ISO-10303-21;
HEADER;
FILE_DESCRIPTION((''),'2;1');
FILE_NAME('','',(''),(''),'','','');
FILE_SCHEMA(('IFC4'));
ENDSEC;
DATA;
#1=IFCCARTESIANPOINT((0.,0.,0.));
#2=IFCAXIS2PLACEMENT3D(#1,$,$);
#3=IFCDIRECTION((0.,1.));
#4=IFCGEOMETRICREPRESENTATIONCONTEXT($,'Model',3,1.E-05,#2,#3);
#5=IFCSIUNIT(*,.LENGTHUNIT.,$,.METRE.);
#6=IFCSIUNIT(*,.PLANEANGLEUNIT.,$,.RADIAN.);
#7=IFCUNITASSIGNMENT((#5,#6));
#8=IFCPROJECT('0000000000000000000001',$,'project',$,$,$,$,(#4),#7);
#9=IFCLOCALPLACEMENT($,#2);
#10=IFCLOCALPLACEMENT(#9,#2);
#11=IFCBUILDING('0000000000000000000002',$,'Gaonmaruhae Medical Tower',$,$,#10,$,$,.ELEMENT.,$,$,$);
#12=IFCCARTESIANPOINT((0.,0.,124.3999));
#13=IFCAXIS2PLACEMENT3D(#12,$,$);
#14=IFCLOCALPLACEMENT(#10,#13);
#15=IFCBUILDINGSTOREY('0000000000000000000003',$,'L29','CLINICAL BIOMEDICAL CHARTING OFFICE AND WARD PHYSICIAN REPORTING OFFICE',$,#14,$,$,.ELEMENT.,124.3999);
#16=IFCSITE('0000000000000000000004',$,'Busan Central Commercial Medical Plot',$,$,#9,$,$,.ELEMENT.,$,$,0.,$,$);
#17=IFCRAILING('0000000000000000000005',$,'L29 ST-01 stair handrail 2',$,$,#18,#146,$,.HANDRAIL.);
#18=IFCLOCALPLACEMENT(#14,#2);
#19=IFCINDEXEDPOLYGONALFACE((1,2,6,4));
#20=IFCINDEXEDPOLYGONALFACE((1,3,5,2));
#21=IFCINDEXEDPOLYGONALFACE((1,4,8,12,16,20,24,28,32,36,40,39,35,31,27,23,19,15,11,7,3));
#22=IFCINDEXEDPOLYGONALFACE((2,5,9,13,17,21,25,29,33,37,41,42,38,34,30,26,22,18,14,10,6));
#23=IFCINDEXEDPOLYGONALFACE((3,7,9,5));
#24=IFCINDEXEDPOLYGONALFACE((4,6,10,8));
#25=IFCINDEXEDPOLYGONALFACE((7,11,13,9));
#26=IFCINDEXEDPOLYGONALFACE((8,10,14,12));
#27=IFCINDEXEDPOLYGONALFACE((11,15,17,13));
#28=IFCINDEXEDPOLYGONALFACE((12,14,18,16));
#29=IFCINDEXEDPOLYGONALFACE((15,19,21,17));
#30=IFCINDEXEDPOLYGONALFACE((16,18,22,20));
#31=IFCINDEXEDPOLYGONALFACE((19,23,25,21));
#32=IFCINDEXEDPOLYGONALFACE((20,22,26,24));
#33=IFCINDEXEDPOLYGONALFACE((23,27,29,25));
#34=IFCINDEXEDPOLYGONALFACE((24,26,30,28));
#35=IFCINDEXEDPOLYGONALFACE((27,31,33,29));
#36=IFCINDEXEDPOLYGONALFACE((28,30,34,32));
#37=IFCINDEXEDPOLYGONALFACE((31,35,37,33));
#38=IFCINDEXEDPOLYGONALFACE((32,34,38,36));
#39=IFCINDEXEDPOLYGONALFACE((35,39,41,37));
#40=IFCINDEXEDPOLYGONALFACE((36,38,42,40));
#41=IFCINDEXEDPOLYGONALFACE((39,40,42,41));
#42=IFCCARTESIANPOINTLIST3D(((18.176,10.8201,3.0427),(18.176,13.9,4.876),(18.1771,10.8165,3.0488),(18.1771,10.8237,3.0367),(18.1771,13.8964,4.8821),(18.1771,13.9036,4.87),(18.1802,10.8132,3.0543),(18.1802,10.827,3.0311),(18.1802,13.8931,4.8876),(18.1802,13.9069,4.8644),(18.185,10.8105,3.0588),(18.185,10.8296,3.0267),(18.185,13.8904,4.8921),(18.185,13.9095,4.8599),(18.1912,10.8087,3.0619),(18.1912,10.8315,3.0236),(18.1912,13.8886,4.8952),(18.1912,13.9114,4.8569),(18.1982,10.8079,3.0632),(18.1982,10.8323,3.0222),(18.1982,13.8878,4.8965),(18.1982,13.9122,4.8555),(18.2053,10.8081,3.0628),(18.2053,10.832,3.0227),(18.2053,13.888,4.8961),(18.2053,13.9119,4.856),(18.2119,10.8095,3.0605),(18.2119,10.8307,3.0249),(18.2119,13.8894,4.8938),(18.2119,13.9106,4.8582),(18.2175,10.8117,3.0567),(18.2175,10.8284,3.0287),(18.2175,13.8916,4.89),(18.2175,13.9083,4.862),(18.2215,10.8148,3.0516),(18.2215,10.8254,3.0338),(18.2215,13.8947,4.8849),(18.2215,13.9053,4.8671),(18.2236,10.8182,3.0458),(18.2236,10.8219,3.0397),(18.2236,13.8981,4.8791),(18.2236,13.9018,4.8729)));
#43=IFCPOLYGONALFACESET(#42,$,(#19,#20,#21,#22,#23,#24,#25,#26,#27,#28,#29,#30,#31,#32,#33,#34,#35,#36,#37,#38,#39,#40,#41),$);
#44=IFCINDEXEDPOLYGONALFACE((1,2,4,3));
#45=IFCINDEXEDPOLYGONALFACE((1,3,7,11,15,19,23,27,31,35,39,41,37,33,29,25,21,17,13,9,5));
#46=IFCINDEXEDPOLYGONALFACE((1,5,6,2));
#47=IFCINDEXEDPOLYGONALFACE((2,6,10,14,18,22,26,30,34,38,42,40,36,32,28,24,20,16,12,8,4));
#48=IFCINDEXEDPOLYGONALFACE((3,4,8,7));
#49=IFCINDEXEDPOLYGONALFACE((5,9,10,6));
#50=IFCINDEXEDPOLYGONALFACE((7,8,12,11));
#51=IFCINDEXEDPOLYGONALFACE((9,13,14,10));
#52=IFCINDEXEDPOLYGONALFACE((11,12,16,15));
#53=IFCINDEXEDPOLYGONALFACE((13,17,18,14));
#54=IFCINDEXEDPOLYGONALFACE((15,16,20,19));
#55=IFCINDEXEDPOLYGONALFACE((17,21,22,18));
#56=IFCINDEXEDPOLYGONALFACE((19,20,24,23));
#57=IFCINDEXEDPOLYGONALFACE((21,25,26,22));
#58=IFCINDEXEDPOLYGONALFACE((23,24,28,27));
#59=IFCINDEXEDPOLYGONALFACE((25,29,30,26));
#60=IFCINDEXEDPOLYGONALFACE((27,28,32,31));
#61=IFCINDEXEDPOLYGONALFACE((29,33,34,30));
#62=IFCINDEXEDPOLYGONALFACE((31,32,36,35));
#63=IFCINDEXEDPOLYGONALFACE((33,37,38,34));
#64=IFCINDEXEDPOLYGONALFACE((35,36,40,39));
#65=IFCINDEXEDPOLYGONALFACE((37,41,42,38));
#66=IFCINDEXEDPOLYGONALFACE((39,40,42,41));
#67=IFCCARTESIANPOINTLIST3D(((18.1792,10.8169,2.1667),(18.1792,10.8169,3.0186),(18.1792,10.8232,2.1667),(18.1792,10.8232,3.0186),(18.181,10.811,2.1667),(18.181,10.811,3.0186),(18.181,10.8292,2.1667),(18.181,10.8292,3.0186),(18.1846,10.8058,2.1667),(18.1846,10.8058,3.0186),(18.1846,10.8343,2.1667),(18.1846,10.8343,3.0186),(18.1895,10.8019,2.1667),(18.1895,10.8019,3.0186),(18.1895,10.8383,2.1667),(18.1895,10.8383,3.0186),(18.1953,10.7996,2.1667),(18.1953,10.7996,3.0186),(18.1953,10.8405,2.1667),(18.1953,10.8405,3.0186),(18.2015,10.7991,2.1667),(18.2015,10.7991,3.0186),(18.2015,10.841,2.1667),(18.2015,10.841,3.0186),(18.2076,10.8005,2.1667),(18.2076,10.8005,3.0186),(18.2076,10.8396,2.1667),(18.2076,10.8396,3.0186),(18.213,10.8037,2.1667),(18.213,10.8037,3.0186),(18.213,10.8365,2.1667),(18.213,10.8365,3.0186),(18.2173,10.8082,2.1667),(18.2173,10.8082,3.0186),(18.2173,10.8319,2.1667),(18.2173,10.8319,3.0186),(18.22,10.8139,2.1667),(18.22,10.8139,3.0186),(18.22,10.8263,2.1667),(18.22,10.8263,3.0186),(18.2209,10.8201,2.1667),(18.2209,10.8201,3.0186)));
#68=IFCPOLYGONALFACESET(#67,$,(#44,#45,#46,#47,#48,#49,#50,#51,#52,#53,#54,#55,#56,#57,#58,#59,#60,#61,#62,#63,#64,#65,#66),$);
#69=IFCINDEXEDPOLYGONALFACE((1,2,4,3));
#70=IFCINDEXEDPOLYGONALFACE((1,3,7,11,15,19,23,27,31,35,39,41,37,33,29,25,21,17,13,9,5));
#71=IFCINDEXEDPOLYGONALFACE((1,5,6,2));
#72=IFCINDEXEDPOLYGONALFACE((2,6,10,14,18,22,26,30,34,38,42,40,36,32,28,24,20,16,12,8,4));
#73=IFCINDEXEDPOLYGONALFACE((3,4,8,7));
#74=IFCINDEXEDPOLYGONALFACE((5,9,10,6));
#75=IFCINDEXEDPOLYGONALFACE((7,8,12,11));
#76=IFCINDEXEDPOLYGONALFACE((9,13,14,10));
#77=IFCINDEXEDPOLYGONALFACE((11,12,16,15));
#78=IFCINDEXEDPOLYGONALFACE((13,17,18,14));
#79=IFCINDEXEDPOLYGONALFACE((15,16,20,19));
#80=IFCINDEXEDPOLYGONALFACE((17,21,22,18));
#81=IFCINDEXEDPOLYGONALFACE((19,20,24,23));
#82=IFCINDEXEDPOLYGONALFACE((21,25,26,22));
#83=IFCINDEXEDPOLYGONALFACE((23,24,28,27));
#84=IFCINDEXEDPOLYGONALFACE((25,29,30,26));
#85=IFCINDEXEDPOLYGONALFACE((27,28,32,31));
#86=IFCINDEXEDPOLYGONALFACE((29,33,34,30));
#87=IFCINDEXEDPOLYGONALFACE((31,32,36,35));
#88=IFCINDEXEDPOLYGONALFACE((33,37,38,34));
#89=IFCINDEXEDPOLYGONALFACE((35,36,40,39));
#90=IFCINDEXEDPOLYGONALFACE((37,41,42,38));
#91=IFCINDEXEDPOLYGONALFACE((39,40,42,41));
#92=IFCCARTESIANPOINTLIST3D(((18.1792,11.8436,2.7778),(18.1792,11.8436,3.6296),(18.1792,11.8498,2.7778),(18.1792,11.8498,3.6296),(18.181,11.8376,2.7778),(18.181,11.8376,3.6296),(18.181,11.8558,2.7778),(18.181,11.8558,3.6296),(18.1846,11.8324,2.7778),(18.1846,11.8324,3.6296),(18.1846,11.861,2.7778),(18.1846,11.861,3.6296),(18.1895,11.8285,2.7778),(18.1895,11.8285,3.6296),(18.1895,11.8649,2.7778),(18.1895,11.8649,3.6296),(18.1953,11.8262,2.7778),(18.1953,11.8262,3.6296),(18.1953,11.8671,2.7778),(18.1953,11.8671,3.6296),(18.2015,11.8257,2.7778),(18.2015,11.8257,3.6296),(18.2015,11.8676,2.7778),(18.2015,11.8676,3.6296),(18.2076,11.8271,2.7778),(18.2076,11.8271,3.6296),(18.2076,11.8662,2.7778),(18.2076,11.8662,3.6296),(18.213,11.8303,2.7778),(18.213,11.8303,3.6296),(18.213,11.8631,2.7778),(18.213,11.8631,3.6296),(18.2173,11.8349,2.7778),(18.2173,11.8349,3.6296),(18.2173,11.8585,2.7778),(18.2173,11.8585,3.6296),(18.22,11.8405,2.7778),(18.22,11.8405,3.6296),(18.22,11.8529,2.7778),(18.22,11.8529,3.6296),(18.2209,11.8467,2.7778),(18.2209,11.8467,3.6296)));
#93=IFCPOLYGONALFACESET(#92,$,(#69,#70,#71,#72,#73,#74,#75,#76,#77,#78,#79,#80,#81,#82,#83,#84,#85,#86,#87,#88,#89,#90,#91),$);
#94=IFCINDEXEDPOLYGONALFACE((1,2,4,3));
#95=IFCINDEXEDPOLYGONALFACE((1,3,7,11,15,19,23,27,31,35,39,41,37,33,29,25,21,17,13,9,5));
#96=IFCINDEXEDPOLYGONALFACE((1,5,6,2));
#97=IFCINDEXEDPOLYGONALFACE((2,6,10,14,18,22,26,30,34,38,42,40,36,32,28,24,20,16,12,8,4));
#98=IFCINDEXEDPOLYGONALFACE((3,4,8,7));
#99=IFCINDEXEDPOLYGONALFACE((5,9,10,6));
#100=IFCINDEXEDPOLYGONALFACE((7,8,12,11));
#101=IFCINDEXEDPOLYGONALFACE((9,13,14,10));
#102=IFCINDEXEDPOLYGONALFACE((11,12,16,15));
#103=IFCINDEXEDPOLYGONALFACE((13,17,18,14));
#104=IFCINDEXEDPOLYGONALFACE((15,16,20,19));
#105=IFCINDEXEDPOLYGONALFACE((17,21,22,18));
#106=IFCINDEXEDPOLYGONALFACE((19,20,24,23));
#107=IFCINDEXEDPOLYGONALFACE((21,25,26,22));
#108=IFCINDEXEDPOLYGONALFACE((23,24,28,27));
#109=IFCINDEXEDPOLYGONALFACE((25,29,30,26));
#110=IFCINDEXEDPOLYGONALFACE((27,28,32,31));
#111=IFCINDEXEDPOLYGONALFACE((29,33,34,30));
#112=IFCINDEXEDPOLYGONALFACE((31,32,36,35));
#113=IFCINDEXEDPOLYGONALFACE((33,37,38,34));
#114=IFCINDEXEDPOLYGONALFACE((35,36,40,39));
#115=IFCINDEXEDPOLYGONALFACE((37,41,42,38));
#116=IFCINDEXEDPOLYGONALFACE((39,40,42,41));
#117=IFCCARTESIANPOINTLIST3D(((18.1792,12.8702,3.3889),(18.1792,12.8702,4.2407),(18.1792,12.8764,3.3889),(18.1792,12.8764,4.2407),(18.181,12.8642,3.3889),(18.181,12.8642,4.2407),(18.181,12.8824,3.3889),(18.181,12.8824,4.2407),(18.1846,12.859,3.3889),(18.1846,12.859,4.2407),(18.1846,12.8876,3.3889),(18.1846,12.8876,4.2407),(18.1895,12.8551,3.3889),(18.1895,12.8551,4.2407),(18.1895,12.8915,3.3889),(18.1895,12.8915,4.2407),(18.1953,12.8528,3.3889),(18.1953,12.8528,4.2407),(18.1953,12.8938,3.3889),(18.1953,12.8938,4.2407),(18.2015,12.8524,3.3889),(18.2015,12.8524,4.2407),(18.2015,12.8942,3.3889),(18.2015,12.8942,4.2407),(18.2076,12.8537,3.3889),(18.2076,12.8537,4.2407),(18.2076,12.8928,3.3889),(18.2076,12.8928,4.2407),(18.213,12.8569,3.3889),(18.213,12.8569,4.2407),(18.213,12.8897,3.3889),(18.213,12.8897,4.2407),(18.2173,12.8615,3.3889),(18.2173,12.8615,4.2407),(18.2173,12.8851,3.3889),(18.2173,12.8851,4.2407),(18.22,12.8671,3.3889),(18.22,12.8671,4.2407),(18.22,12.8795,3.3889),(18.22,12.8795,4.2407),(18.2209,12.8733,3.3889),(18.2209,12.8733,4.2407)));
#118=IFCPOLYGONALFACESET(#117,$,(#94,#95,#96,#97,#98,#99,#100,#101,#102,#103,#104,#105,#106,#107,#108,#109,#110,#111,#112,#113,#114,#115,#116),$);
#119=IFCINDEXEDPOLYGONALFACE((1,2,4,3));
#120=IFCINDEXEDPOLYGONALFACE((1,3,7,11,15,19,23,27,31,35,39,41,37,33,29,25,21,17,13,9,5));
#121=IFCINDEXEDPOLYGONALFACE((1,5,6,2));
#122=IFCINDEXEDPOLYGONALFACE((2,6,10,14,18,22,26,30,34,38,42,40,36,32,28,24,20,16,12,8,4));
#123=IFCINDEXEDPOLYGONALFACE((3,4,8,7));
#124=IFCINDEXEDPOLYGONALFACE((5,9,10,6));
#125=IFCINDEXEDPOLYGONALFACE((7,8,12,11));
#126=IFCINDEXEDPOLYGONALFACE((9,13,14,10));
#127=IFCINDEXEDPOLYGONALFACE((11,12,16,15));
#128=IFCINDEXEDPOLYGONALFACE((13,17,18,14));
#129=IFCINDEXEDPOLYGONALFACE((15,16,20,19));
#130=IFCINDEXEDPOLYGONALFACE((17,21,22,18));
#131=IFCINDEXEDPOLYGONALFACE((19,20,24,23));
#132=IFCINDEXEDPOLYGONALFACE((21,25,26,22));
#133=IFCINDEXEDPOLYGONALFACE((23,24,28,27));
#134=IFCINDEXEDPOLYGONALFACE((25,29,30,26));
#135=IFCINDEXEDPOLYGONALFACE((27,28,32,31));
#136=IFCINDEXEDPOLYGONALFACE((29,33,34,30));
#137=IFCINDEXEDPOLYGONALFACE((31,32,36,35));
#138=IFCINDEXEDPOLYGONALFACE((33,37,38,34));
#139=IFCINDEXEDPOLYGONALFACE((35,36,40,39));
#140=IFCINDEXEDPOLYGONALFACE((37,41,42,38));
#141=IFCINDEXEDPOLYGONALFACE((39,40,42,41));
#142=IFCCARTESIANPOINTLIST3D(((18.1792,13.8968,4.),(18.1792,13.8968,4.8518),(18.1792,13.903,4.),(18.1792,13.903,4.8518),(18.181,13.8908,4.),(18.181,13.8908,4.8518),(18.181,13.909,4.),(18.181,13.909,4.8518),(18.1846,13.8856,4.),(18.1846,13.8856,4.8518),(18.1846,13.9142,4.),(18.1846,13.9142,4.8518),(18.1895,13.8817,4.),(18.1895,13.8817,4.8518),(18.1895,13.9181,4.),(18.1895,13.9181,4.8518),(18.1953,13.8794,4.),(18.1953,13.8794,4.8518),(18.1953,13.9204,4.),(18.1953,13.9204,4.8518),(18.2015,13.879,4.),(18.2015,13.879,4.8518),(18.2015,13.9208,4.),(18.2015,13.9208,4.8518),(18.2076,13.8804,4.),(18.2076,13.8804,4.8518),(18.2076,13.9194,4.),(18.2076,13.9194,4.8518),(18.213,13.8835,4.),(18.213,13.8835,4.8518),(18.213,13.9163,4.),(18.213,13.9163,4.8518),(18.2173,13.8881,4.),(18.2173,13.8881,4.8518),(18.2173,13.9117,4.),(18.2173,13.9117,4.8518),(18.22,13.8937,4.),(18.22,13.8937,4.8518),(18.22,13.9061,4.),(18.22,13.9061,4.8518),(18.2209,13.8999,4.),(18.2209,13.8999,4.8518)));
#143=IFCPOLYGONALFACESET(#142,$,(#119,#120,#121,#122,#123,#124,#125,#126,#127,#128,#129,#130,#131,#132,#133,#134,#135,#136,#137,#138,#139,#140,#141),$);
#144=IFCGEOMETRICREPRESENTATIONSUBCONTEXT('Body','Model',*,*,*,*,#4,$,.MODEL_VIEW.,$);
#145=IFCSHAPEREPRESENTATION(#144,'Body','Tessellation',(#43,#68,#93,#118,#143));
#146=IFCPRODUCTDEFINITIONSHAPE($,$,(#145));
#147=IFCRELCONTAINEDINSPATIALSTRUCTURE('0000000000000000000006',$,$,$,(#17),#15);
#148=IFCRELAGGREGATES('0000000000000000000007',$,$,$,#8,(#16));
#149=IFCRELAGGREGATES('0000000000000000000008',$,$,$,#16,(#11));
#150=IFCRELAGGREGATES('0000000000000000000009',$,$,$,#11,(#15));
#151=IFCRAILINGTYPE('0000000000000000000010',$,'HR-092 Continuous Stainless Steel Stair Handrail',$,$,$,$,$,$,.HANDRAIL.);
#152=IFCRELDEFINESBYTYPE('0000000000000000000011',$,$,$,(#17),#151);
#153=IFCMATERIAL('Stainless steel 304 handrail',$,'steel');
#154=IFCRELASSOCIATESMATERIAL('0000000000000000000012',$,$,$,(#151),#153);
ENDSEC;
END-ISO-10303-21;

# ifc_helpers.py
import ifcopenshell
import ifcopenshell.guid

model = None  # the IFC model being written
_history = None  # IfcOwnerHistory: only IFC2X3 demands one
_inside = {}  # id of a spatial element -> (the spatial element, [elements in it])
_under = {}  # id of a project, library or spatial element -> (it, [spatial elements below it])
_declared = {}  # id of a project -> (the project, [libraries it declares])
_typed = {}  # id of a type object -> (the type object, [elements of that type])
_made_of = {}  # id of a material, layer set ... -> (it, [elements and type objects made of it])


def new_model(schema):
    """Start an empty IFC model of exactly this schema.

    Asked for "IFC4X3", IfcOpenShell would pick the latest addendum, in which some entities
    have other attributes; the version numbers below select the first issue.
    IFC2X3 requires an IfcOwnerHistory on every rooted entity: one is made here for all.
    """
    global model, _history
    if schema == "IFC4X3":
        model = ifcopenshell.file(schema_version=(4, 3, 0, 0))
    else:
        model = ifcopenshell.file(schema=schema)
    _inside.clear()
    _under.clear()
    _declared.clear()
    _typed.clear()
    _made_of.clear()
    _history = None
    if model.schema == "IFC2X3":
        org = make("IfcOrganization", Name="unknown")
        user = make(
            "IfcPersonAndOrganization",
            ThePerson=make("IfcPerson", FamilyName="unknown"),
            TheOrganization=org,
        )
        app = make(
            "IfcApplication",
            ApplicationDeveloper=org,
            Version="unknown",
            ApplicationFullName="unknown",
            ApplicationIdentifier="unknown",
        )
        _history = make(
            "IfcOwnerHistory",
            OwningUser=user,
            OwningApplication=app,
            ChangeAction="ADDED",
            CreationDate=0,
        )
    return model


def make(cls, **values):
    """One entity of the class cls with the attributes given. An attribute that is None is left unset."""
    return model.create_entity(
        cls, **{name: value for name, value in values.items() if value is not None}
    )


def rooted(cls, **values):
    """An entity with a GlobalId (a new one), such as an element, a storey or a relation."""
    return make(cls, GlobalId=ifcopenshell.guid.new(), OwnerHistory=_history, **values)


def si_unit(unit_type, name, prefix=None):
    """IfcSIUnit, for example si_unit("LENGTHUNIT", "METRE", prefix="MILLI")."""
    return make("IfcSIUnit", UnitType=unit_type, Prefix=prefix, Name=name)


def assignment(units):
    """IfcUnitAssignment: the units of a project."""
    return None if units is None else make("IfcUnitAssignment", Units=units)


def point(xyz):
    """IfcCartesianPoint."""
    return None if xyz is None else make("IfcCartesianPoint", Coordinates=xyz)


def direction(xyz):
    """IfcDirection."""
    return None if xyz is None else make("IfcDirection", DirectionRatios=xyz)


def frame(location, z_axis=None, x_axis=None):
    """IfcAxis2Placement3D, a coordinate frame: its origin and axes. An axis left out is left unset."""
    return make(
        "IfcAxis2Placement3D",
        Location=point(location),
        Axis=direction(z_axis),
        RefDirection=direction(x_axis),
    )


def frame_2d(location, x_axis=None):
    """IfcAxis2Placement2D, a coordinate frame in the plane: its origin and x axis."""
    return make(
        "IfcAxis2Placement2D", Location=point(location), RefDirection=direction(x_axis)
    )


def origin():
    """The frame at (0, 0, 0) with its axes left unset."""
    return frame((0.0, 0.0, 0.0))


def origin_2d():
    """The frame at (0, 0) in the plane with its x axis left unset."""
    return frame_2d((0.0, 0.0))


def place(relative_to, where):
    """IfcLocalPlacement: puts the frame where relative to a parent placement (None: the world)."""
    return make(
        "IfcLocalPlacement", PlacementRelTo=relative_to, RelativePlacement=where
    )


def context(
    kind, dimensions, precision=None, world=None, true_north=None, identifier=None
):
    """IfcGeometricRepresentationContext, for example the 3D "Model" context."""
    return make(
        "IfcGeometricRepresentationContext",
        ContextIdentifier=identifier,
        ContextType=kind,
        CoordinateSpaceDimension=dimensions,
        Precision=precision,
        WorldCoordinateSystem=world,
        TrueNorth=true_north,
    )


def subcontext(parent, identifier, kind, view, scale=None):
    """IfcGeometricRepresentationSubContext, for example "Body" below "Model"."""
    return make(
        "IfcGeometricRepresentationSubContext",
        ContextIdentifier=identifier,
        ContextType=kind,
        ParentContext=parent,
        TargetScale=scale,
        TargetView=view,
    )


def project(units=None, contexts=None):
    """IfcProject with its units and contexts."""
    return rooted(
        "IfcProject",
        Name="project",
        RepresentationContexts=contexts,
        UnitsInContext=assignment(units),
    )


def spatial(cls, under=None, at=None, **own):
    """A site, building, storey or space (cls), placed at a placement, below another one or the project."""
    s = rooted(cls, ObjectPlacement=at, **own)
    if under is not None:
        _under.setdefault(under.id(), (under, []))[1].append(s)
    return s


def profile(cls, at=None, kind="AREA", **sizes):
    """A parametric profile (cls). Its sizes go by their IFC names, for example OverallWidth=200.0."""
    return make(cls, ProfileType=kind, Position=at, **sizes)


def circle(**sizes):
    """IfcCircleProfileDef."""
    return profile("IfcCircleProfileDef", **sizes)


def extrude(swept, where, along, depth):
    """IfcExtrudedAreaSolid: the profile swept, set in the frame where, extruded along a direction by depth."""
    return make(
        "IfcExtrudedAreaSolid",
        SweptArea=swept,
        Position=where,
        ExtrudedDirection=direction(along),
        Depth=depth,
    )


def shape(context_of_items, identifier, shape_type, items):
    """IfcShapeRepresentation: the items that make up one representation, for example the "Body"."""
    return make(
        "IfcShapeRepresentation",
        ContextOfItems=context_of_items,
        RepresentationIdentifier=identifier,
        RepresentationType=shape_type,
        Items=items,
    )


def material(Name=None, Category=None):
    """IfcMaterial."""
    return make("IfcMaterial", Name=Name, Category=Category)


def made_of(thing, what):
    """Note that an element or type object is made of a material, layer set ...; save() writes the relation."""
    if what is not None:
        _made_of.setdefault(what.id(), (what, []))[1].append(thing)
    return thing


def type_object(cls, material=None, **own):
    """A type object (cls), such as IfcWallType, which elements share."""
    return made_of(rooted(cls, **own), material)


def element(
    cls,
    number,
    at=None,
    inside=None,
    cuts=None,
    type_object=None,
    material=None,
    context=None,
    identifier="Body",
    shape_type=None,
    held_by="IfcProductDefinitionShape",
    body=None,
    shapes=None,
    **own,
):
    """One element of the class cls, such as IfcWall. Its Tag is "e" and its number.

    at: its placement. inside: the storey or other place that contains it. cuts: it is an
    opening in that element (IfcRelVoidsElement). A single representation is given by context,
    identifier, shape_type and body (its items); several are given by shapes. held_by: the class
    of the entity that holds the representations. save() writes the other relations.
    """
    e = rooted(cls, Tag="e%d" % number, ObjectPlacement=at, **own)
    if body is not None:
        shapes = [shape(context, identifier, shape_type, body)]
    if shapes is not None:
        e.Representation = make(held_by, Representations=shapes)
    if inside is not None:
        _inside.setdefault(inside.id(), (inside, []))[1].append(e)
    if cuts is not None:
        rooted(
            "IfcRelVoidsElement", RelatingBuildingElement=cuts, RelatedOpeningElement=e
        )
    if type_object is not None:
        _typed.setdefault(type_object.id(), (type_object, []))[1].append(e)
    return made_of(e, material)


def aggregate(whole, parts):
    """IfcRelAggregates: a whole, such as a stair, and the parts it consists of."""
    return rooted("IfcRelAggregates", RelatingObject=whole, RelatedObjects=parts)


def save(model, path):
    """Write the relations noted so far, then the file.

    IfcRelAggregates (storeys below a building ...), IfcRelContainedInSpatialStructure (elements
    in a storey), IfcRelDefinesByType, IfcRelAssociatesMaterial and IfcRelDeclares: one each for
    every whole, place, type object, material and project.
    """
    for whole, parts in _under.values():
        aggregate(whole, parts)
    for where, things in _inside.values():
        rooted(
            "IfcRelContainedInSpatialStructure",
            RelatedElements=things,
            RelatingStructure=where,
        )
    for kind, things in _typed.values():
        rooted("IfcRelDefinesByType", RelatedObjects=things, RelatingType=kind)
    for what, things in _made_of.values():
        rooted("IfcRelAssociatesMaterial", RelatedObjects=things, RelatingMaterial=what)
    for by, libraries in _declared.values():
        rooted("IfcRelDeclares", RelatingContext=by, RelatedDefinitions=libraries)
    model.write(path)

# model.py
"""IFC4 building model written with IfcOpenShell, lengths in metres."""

from ifc_helpers import new_model, si_unit, direction, frame, origin, origin_2d, place, context, subcontext, project, spatial, circle, extrude, material, type_object, element, save


model = new_model("IFC4")

# Units and contexts
model_context = context("Model", 3, precision=1e-05, world=origin(), true_north=direction((0.0, 1.0)))
body_context = subcontext(model_context, "Body", "Model", "MODEL_VIEW")
ifc_project = project(units=[si_unit("LENGTHUNIT", "METRE"), si_unit("PLANEANGLEUNIT", "RADIAN")], contexts=[model_context])

# Site, building, storey
site_placement = place(None, origin())
site = spatial("IfcSite", under=ifc_project, at=site_placement, Name="Busan Central Commercial Medical Plot", CompositionType="ELEMENT", RefElevation=0.0)
building_placement = place(site_placement, origin())
building = spatial("IfcBuilding", under=site, at=building_placement, Name="Gaonmaruhae Medical Tower", CompositionType="ELEMENT")
storey_placement = place(building_placement, frame((0.0, 0.0, 124.3999)))
storey = spatial("IfcBuildingStorey", under=building, at=storey_placement, Name="L29", Description="CLINICAL BIOMEDICAL CHARTING OFFICE AND WARD PHYSICIAN REPORTING OFFICE", CompositionType="ELEMENT", Elevation=124.3999)

# Railing
ifc_material_1 = material(Name="Stainless steel 304 handrail", Category="steel")
railing_type_1 = type_object("IfcRailingType", Name="HR-092 Continuous Stainless Steel Stair Handrail", PredefinedType="HANDRAIL", material=ifc_material_1)
railing_1_placement = place(storey_placement, frame((18.2, 10.8201, 2.1667)))
element("IfcRailing", 1, at=railing_1_placement, inside=storey, type_object=railing_type_1, Name="L29 ST-01 stair handrail 2", PredefinedType="HANDRAIL", context=body_context, shape_type="SweptSolid", body=[
    extrude(circle(Radius=0.0239, at=origin_2d()), frame((0.0, 0.0, 0.876), z_axis=(0.0, 0.859291, 0.511487), x_axis=(-1.0, 0.0, 0.0)), (0.0, 0.0, 1.0), 3.5842),
    extrude(circle(Radius=0.021, at=origin_2d()), origin(), (0.0, 0.0, 1.0), 0.8518),
    extrude(circle(Radius=0.021, at=origin_2d()), frame((0.0, 1.0266, 0.6111)), (0.0, 0.0, 1.0), 0.8518),
    extrude(circle(Radius=0.021, at=origin_2d()), frame((0.0, 2.0532, 1.2222)), (0.0, 0.0, 1.0), 0.8518),
    extrude(circle(Radius=0.021, at=origin_2d()), frame((0.0, 3.0798, 1.8333)), (0.0, 0.0, 1.0), 0.8518),
])

save(model, "model.ifc")
